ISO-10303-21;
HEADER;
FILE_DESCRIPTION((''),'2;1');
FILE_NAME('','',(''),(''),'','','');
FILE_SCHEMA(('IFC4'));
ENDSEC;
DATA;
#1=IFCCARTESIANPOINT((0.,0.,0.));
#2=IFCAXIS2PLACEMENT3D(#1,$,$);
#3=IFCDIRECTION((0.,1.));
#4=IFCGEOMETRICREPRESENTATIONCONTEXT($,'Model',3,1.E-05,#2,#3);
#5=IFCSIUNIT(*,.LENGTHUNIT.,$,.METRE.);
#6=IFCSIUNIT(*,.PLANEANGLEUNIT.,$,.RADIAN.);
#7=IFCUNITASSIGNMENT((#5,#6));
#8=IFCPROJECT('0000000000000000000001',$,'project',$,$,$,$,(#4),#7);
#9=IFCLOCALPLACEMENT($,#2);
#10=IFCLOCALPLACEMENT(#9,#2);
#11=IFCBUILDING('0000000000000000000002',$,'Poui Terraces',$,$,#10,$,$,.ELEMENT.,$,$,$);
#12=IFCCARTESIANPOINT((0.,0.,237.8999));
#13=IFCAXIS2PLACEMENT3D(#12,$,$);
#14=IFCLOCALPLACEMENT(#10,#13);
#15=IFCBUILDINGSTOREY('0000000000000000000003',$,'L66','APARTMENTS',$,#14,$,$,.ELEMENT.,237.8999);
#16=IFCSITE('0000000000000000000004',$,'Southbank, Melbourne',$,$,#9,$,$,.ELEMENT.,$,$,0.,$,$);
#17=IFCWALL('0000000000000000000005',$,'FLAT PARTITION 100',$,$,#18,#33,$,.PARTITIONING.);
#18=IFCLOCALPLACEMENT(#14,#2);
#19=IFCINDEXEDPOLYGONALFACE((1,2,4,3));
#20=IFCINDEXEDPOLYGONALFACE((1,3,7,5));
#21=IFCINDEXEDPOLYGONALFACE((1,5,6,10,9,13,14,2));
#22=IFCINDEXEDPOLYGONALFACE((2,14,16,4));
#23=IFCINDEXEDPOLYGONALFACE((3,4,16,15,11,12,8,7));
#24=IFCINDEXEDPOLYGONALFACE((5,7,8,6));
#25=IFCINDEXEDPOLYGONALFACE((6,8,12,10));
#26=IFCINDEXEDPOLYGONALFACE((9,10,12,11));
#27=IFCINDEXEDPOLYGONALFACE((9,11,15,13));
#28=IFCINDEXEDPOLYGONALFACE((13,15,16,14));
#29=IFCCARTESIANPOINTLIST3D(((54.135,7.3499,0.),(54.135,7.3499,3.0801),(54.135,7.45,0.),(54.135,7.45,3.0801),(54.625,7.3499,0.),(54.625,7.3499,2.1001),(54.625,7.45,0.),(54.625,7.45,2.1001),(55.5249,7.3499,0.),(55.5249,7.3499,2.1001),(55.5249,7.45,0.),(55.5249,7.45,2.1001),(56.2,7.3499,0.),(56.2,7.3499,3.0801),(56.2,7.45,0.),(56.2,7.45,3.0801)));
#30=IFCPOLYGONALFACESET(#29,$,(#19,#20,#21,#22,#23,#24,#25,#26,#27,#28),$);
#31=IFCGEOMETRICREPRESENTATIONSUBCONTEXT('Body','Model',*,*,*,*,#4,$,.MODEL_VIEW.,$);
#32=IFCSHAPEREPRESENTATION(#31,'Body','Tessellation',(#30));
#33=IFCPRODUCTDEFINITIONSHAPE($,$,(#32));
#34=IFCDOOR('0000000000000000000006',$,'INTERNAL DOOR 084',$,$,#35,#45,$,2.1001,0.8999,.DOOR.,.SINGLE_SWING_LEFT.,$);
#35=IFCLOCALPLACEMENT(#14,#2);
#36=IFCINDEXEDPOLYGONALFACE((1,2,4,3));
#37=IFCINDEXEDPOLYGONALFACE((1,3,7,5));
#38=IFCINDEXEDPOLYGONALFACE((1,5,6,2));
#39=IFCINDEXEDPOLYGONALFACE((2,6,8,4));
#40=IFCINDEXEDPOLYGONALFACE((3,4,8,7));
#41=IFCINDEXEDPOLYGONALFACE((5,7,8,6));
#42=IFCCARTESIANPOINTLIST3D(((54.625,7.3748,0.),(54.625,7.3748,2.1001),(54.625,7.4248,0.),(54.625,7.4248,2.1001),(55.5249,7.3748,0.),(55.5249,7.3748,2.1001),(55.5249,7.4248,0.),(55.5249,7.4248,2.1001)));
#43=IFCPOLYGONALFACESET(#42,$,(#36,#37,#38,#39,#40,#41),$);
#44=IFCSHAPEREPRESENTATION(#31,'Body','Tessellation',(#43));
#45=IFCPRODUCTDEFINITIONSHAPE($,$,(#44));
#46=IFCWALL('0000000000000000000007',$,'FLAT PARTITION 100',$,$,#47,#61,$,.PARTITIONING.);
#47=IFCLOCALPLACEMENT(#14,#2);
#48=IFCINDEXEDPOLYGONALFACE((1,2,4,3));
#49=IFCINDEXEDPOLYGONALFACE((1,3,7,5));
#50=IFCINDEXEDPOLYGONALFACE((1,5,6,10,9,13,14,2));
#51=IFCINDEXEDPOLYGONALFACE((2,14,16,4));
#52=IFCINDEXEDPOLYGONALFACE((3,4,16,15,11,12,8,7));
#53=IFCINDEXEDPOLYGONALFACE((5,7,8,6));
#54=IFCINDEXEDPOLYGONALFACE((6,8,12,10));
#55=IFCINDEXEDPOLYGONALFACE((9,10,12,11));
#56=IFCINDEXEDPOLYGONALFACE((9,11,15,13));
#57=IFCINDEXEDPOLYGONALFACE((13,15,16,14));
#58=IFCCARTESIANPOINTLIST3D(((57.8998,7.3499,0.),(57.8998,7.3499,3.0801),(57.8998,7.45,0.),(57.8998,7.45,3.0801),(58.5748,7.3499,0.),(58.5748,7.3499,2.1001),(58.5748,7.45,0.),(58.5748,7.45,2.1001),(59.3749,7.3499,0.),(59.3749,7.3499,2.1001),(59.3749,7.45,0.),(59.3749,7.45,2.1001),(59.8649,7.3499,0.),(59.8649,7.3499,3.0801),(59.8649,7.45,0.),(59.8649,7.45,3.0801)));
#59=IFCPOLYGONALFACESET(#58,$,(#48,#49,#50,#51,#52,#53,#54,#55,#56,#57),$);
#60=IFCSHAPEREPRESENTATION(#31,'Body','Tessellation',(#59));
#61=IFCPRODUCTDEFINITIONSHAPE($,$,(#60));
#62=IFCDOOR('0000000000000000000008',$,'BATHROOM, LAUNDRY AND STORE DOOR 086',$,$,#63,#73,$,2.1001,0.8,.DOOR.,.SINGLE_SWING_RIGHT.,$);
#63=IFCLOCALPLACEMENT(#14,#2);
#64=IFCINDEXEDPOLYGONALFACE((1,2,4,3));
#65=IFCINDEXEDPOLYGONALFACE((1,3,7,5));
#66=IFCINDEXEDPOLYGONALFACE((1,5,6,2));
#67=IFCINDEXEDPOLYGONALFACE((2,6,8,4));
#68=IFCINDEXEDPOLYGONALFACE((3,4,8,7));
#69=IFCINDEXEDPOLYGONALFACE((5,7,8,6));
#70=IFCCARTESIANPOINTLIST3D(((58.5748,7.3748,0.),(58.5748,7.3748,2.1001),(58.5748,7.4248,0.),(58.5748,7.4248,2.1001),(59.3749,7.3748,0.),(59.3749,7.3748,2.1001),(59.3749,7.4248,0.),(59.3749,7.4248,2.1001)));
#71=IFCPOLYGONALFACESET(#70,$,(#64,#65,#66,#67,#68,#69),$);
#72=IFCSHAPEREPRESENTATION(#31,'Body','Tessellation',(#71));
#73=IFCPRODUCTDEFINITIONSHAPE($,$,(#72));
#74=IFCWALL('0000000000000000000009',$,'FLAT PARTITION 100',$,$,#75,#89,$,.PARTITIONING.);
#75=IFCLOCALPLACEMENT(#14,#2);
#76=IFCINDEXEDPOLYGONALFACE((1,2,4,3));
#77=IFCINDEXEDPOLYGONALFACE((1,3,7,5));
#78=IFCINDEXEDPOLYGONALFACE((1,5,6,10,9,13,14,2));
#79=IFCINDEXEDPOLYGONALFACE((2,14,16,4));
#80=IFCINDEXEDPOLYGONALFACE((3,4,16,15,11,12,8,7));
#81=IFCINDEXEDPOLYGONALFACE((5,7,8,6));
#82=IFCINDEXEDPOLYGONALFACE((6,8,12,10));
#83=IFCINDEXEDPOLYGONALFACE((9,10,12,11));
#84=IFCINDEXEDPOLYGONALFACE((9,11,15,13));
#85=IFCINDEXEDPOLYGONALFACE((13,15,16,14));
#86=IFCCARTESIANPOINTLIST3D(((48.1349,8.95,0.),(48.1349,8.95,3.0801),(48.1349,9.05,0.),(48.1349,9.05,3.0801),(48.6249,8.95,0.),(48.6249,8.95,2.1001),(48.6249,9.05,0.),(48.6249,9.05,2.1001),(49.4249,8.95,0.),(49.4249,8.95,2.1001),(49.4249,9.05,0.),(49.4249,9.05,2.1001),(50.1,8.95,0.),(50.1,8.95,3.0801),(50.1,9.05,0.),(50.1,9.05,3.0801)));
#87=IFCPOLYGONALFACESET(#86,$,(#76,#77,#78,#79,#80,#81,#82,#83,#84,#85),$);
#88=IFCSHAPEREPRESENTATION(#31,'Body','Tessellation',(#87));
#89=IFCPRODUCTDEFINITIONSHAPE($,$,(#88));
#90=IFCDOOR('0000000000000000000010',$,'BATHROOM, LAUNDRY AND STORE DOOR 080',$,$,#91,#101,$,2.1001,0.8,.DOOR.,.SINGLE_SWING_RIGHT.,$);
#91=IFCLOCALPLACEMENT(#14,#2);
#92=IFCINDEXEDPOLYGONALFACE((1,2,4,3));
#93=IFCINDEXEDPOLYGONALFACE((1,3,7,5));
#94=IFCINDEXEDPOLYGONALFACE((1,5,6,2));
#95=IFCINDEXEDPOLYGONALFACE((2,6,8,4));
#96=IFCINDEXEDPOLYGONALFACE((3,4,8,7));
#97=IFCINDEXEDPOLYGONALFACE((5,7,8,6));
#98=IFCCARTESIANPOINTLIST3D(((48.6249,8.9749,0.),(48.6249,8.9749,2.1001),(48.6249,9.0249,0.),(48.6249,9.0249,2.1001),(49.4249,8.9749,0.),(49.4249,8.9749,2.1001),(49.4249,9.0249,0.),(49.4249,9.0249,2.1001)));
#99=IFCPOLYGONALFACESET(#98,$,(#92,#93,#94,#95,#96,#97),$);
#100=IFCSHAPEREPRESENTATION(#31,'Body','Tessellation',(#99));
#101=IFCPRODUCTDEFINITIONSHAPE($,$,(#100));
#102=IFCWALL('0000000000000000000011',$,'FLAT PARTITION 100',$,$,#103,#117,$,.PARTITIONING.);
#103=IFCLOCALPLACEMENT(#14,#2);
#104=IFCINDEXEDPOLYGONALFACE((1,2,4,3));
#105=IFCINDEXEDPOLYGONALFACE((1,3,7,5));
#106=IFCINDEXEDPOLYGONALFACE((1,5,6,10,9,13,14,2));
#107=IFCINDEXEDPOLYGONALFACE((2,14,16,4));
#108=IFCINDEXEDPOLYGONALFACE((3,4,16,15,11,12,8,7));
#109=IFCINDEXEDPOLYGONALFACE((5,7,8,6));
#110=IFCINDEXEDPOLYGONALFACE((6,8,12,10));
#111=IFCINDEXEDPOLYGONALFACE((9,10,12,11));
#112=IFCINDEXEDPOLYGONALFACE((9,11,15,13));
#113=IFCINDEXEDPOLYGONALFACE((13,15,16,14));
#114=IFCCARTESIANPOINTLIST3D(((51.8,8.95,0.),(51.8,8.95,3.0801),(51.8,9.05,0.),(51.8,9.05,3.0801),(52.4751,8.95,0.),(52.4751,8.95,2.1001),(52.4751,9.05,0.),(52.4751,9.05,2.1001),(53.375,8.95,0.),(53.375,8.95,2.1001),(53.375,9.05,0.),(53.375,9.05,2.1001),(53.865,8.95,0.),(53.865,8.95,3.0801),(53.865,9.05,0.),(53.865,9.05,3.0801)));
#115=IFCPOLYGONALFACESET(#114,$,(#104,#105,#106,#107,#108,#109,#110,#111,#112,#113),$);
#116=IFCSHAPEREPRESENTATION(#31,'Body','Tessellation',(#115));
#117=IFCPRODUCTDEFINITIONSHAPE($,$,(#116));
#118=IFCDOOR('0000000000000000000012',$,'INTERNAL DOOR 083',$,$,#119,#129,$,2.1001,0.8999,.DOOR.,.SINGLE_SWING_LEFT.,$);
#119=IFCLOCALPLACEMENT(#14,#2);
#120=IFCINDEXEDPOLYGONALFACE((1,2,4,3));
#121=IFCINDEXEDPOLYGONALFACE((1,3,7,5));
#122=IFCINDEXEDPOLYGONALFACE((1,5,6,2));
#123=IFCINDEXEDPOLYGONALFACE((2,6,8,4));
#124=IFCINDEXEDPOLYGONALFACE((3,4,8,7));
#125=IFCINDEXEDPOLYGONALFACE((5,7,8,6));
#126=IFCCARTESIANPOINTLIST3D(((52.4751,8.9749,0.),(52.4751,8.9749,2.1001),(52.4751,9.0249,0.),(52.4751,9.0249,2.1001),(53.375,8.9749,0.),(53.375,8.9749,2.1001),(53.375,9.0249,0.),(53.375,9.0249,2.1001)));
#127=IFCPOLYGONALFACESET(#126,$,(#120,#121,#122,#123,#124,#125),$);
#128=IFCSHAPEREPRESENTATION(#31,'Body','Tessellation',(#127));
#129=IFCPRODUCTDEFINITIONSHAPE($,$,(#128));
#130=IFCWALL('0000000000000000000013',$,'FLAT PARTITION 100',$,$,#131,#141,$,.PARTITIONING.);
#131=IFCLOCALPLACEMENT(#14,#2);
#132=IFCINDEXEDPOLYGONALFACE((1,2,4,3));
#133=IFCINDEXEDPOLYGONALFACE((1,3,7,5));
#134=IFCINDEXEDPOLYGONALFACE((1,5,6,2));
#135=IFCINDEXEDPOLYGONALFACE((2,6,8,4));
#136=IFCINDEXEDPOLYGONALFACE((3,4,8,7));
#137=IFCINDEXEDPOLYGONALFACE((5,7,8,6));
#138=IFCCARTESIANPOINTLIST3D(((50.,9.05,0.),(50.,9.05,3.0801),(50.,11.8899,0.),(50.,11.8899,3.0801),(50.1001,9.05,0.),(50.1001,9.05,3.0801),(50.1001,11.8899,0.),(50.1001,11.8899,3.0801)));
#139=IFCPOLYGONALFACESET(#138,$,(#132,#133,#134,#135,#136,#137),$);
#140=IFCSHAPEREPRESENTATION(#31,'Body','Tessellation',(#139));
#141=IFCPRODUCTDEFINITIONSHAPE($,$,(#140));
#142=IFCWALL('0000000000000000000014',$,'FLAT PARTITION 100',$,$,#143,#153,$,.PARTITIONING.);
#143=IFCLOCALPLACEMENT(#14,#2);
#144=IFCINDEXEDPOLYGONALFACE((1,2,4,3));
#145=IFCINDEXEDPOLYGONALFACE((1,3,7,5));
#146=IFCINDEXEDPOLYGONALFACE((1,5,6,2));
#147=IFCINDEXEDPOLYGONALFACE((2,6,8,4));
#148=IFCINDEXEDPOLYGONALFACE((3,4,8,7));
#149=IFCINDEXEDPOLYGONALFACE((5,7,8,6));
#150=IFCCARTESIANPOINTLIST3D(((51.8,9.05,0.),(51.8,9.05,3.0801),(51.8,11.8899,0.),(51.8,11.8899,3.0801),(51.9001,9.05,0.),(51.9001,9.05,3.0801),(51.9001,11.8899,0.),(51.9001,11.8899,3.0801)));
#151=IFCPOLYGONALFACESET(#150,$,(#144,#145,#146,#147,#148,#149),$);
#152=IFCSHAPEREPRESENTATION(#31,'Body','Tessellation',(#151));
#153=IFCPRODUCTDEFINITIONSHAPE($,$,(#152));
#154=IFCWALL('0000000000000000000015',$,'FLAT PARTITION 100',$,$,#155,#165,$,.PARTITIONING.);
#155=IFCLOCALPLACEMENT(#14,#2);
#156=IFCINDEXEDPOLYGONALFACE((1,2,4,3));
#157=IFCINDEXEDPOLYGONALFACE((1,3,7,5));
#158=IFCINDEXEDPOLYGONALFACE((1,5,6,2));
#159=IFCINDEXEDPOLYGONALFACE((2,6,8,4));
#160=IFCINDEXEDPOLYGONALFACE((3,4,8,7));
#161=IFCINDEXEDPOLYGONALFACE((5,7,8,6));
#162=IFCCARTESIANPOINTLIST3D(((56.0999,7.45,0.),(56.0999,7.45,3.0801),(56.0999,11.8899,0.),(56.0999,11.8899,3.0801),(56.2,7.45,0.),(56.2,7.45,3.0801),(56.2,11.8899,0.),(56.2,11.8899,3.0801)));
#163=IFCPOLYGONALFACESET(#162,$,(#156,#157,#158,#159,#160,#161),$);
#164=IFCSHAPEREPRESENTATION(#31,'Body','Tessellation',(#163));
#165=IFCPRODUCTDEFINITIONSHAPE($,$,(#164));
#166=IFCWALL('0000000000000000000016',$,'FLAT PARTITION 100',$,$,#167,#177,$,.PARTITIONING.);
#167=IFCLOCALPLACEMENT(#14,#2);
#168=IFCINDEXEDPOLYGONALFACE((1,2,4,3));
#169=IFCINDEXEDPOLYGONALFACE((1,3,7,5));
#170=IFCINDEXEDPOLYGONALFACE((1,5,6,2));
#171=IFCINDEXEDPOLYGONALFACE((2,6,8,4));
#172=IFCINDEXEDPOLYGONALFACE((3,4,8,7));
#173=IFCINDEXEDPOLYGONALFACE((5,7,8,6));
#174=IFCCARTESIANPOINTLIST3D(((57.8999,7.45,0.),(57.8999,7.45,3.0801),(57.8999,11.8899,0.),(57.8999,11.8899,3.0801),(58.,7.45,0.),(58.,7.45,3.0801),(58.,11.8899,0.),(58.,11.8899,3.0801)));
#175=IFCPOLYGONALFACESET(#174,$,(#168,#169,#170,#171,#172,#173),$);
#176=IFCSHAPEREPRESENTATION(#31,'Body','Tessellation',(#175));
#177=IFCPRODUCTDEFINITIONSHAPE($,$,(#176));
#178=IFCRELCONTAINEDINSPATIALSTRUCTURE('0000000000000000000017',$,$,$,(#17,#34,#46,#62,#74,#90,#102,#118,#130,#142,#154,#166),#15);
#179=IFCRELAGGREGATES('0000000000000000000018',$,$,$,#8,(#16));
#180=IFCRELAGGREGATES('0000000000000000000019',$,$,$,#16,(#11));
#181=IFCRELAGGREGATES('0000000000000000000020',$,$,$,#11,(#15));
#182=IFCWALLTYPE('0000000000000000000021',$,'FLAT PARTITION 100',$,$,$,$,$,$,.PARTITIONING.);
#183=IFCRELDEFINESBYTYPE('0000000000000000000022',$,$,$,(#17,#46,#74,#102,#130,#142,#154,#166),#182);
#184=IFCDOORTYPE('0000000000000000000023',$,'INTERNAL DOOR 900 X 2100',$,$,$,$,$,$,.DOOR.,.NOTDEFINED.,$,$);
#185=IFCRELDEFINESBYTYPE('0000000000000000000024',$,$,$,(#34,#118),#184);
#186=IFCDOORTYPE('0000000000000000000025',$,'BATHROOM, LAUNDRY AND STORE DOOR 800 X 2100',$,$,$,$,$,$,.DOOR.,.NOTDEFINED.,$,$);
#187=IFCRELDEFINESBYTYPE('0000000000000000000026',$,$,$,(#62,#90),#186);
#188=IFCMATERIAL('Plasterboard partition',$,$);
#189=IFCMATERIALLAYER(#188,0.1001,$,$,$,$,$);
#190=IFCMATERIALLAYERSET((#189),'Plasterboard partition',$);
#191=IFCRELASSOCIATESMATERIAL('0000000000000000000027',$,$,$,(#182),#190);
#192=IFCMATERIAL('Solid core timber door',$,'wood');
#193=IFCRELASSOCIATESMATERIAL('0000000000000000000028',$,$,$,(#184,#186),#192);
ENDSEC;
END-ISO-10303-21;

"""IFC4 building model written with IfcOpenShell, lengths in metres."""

from ifc_helpers import new_model, si_unit, direction, frame, frame_2d, origin, place, context, subcontext, project, spatial, rectangle, extrude, material, layer, layer_set, type_object, element, fill, save


model = new_model("IFC4")

# Units and contexts
model_context = context("Model", 3, precision=1e-05, world=origin(), true_north=direction((0.0, 1.0)))
body_context = subcontext(model_context, "Body", "Model", "MODEL_VIEW")
ifc_project = project(units=[si_unit("LENGTHUNIT", "METRE"), si_unit("PLANEANGLEUNIT", "RADIAN")], contexts=[model_context])

# Site, building, storey
site_placement = place(None, origin())
site = spatial("IfcSite", under=ifc_project, at=site_placement, Name="Southbank, Melbourne", CompositionType="ELEMENT", RefElevation=0.0)
building_placement = place(site_placement, origin())
building = spatial("IfcBuilding", under=site, at=building_placement, Name="Poui Terraces", CompositionType="ELEMENT")
storey_placement = place(building_placement, frame((0.0, 0.0, 237.8999)))
storey = spatial("IfcBuildingStorey", under=building, at=storey_placement, Name="L66", Description="APARTMENTS", CompositionType="ELEMENT", Elevation=237.8999)

# Walls, openings, doors
ifc_material_1 = material(Name="Plasterboard partition")
ifc_layer_1 = layer(ifc_material_1, 0.1001)
ifc_layer_set_1 = layer_set([ifc_layer_1], Name="Plasterboard partition")
wall_type_1 = type_object("IfcWallType", Name="FLAT PARTITION 100", PredefinedType="PARTITIONING", material=ifc_layer_set_1)
wall_1_placement = place(storey_placement, frame((54.135, 7.3999, 0.0), z_axis=(0.0, 0.0, 1.0), x_axis=(1.0, 0.0, 0.0)))
wall_1 = element("IfcWall", 1, at=wall_1_placement, inside=storey, type_object=wall_type_1, Name="FLAT PARTITION 100", PredefinedType="PARTITIONING", context=body_context, shape_type="SweptSolid", body=[
    extrude(rectangle(XDim=2.0649, YDim=0.1001, at=frame_2d((1.0325, 0.0))), origin(), (0.0, 0.0, 1.0), 3.0801),
])
opening_1_placement = place(wall_1_placement, frame((0.49, 0.0, 0.0)))
opening_1 = element("IfcOpeningElement", 2, at=opening_1_placement, cuts=wall_1, PredefinedType="OPENING", context=body_context, shape_type="SweptSolid", body=[
    extrude(rectangle(XDim=0.8999, YDim=2.1001, at=frame_2d((0.45, 1.05))), frame((0.0, 0.0601, 0.0), z_axis=(0.0, -1.0, 0.0), x_axis=(1.0, 0.0, 0.0)), (0.0, 0.0, 1.0), 0.1201),
])
ifc_material_2 = material(Name="Solid core timber door", Category="wood")
door_type_1 = type_object("IfcDoorType", Name="INTERNAL DOOR 900 X 2100", OperationType="NOTDEFINED", PredefinedType="DOOR", material=ifc_material_2)
door_1_placement = place(opening_1_placement, origin())
door_1 = element("IfcDoor", 3, at=door_1_placement, inside=storey, type_object=door_type_1, Name="INTERNAL DOOR 084", OperationType="SINGLE_SWING_LEFT", OverallHeight=2.1001, OverallWidth=0.8999, PredefinedType="DOOR", context=body_context, shape_type="SweptSolid", body=[
    extrude(rectangle(XDim=0.8999, YDim=2.1001, at=frame_2d((0.45, 1.05))), frame((0.0, 0.0249, 0.0), z_axis=(0.0, -1.0, 0.0), x_axis=(1.0, 0.0, 0.0)), (0.0, 0.0, 1.0), 0.05),
])
fill(opening_1, door_1)
wall_2_placement = place(storey_placement, frame((57.8999, 7.3999, 0.0), z_axis=(0.0, 0.0, 1.0), x_axis=(1.0, 0.0, 0.0)))
wall_2 = element("IfcWall", 4, at=wall_2_placement, inside=storey, type_object=wall_type_1, Name="FLAT PARTITION 100", PredefinedType="PARTITIONING", context=body_context, shape_type="SweptSolid", body=[
    extrude(rectangle(XDim=1.9651, YDim=0.1001, at=frame_2d((0.9824, 0.0))), origin(), (0.0, 0.0, 1.0), 3.0801),
])
opening_2_placement = place(wall_2_placement, frame((0.675, 0.0, 0.0)))
opening_2 = element("IfcOpeningElement", 5, at=opening_2_placement, cuts=wall_2, PredefinedType="OPENING", context=body_context, shape_type="SweptSolid", body=[
    extrude(rectangle(XDim=0.8, YDim=2.1001, at=frame_2d((0.3999, 1.05))), frame((0.0, 0.0601, 0.0), z_axis=(0.0, -1.0, 0.0), x_axis=(1.0, 0.0, 0.0)), (0.0, 0.0, 1.0), 0.1201),
])
door_type_2 = type_object("IfcDoorType", Name="BATHROOM, LAUNDRY AND STORE DOOR 800 X 2100", OperationType="NOTDEFINED", PredefinedType="DOOR", material=ifc_material_2)
door_2_placement = place(opening_2_placement, origin())
door_2 = element("IfcDoor", 6, at=door_2_placement, inside=storey, type_object=door_type_2, Name="BATHROOM, LAUNDRY AND STORE DOOR 086", OperationType="SINGLE_SWING_RIGHT", OverallHeight=2.1001, OverallWidth=0.8, PredefinedType="DOOR", context=body_context, shape_type="SweptSolid", body=[
    extrude(rectangle(XDim=0.8, YDim=2.1001, at=frame_2d((0.3999, 1.05))), frame((0.0, 0.0249, 0.0), z_axis=(0.0, -1.0, 0.0), x_axis=(1.0, 0.0, 0.0)), (0.0, 0.0, 1.0), 0.05),
])
fill(opening_2, door_2)
wall_3_placement = place(storey_placement, frame((48.135, 9.0, 0.0), z_axis=(0.0, 0.0, 1.0), x_axis=(1.0, 0.0, 0.0)))
wall_3 = element("IfcWall", 7, at=wall_3_placement, inside=storey, type_object=wall_type_1, Name="FLAT PARTITION 100", PredefinedType="PARTITIONING", context=body_context, shape_type="SweptSolid", body=[
    extrude(rectangle(XDim=1.9651, YDim=0.1001, at=frame_2d((0.9824, 0.0))), origin(), (0.0, 0.0, 1.0), 3.0801),
])
opening_3_placement = place(wall_3_placement, frame((0.49, 0.0, 0.0)))
opening_3 = element("IfcOpeningElement", 8, at=opening_3_placement, cuts=wall_3, PredefinedType="OPENING", context=body_context, shape_type="SweptSolid", body=[
    extrude(rectangle(XDim=0.8, YDim=2.1001, at=frame_2d((0.3999, 1.05))), frame((0.0, 0.0601, 0.0), z_axis=(0.0, -1.0, 0.0), x_axis=(1.0, 0.0, 0.0)), (0.0, 0.0, 1.0), 0.1201),
])
door_3_placement = place(opening_3_placement, origin())
door_3 = element("IfcDoor", 9, at=door_3_placement, inside=storey, type_object=door_type_2, Name="BATHROOM, LAUNDRY AND STORE DOOR 080", OperationType="SINGLE_SWING_RIGHT", OverallHeight=2.1001, OverallWidth=0.8, PredefinedType="DOOR", context=body_context, shape_type="SweptSolid", body=[
    extrude(rectangle(XDim=0.8, YDim=2.1001, at=frame_2d((0.3999, 1.05))), frame((0.0, 0.0249, 0.0), z_axis=(0.0, -1.0, 0.0), x_axis=(1.0, 0.0, 0.0)), (0.0, 0.0, 1.0), 0.05),
])
fill(opening_3, door_3)
wall_4_placement = place(storey_placement, frame((51.8, 9.0, 0.0), z_axis=(0.0, 0.0, 1.0), x_axis=(1.0, 0.0, 0.0)))
wall_4 = element("IfcWall", 10, at=wall_4_placement, inside=storey, type_object=wall_type_1, Name="FLAT PARTITION 100", PredefinedType="PARTITIONING", context=body_context, shape_type="SweptSolid", body=[
    extrude(rectangle(XDim=2.0649, YDim=0.1001, at=frame_2d((1.0325, 0.0))), origin(), (0.0, 0.0, 1.0), 3.0801),
])
opening_4_placement = place(wall_4_placement, frame((0.675, 0.0, 0.0)))
opening_4 = element("IfcOpeningElement", 11, at=opening_4_placement, cuts=wall_4, PredefinedType="OPENING", context=body_context, shape_type="SweptSolid", body=[
    extrude(rectangle(XDim=0.8999, YDim=2.1001, at=frame_2d((0.45, 1.05))), frame((0.0, 0.0601, 0.0), z_axis=(0.0, -1.0, 0.0), x_axis=(1.0, 0.0, 0.0)), (0.0, 0.0, 1.0), 0.1201),
])
door_4_placement = place(opening_4_placement, origin())
door_4 = element("IfcDoor", 12, at=door_4_placement, inside=storey, type_object=door_type_1, Name="INTERNAL DOOR 083", OperationType="SINGLE_SWING_LEFT", OverallHeight=2.1001, OverallWidth=0.8999, PredefinedType="DOOR", context=body_context, shape_type="SweptSolid", body=[
    extrude(rectangle(XDim=0.8999, YDim=2.1001, at=frame_2d((0.45, 1.05))), frame((0.0, 0.0249, 0.0), z_axis=(0.0, -1.0, 0.0), x_axis=(1.0, 0.0, 0.0)), (0.0, 0.0, 1.0), 0.05),
])
fill(opening_4, door_4)

# Walls
for number, where, z_axis, x_axis, name in (
    (13, (50.05, 9.05, 0.0), (0.0, 0.0, 1.0), (0.0, 1.0, 0.0), "FLAT PARTITION 100"),
    (14, (51.8501, 9.05, 0.0), (0.0, 0.0, 1.0), (0.0, 1.0, 0.0), "FLAT PARTITION 100"),
):
    element("IfcWall", number, at=place(storey_placement, frame(where, z_axis=z_axis, x_axis=x_axis)), inside=storey, type_object=wall_type_1, Name=name, PredefinedType="PARTITIONING", context=body_context, shape_type="SweptSolid", body=[
        extrude(rectangle(XDim=2.8398, YDim=0.1001, at=frame_2d((1.4199, 0.0))), origin(), (0.0, 0.0, 1.0), 3.0801),
    ])
for number, where, z_axis, x_axis, name in (
    (15, (56.1499, 7.45, 0.0), (0.0, 0.0, 1.0), (0.0, 1.0, 0.0), "FLAT PARTITION 100"),
    (16, (57.95, 7.45, 0.0), (0.0, 0.0, 1.0), (0.0, 1.0, 0.0), "FLAT PARTITION 100"),
):
    element("IfcWall", number, at=place(storey_placement, frame(where, z_axis=z_axis, x_axis=x_axis)), inside=storey, type_object=wall_type_1, Name=name, PredefinedType="PARTITIONING", context=body_context, shape_type="SweptSolid", body=[
        extrude(rectangle(XDim=4.4399, YDim=0.1001, at=frame_2d((2.22, 0.0))), origin(), (0.0, 0.0, 1.0), 3.0801),
    ])

save(model, "model.ifc")
